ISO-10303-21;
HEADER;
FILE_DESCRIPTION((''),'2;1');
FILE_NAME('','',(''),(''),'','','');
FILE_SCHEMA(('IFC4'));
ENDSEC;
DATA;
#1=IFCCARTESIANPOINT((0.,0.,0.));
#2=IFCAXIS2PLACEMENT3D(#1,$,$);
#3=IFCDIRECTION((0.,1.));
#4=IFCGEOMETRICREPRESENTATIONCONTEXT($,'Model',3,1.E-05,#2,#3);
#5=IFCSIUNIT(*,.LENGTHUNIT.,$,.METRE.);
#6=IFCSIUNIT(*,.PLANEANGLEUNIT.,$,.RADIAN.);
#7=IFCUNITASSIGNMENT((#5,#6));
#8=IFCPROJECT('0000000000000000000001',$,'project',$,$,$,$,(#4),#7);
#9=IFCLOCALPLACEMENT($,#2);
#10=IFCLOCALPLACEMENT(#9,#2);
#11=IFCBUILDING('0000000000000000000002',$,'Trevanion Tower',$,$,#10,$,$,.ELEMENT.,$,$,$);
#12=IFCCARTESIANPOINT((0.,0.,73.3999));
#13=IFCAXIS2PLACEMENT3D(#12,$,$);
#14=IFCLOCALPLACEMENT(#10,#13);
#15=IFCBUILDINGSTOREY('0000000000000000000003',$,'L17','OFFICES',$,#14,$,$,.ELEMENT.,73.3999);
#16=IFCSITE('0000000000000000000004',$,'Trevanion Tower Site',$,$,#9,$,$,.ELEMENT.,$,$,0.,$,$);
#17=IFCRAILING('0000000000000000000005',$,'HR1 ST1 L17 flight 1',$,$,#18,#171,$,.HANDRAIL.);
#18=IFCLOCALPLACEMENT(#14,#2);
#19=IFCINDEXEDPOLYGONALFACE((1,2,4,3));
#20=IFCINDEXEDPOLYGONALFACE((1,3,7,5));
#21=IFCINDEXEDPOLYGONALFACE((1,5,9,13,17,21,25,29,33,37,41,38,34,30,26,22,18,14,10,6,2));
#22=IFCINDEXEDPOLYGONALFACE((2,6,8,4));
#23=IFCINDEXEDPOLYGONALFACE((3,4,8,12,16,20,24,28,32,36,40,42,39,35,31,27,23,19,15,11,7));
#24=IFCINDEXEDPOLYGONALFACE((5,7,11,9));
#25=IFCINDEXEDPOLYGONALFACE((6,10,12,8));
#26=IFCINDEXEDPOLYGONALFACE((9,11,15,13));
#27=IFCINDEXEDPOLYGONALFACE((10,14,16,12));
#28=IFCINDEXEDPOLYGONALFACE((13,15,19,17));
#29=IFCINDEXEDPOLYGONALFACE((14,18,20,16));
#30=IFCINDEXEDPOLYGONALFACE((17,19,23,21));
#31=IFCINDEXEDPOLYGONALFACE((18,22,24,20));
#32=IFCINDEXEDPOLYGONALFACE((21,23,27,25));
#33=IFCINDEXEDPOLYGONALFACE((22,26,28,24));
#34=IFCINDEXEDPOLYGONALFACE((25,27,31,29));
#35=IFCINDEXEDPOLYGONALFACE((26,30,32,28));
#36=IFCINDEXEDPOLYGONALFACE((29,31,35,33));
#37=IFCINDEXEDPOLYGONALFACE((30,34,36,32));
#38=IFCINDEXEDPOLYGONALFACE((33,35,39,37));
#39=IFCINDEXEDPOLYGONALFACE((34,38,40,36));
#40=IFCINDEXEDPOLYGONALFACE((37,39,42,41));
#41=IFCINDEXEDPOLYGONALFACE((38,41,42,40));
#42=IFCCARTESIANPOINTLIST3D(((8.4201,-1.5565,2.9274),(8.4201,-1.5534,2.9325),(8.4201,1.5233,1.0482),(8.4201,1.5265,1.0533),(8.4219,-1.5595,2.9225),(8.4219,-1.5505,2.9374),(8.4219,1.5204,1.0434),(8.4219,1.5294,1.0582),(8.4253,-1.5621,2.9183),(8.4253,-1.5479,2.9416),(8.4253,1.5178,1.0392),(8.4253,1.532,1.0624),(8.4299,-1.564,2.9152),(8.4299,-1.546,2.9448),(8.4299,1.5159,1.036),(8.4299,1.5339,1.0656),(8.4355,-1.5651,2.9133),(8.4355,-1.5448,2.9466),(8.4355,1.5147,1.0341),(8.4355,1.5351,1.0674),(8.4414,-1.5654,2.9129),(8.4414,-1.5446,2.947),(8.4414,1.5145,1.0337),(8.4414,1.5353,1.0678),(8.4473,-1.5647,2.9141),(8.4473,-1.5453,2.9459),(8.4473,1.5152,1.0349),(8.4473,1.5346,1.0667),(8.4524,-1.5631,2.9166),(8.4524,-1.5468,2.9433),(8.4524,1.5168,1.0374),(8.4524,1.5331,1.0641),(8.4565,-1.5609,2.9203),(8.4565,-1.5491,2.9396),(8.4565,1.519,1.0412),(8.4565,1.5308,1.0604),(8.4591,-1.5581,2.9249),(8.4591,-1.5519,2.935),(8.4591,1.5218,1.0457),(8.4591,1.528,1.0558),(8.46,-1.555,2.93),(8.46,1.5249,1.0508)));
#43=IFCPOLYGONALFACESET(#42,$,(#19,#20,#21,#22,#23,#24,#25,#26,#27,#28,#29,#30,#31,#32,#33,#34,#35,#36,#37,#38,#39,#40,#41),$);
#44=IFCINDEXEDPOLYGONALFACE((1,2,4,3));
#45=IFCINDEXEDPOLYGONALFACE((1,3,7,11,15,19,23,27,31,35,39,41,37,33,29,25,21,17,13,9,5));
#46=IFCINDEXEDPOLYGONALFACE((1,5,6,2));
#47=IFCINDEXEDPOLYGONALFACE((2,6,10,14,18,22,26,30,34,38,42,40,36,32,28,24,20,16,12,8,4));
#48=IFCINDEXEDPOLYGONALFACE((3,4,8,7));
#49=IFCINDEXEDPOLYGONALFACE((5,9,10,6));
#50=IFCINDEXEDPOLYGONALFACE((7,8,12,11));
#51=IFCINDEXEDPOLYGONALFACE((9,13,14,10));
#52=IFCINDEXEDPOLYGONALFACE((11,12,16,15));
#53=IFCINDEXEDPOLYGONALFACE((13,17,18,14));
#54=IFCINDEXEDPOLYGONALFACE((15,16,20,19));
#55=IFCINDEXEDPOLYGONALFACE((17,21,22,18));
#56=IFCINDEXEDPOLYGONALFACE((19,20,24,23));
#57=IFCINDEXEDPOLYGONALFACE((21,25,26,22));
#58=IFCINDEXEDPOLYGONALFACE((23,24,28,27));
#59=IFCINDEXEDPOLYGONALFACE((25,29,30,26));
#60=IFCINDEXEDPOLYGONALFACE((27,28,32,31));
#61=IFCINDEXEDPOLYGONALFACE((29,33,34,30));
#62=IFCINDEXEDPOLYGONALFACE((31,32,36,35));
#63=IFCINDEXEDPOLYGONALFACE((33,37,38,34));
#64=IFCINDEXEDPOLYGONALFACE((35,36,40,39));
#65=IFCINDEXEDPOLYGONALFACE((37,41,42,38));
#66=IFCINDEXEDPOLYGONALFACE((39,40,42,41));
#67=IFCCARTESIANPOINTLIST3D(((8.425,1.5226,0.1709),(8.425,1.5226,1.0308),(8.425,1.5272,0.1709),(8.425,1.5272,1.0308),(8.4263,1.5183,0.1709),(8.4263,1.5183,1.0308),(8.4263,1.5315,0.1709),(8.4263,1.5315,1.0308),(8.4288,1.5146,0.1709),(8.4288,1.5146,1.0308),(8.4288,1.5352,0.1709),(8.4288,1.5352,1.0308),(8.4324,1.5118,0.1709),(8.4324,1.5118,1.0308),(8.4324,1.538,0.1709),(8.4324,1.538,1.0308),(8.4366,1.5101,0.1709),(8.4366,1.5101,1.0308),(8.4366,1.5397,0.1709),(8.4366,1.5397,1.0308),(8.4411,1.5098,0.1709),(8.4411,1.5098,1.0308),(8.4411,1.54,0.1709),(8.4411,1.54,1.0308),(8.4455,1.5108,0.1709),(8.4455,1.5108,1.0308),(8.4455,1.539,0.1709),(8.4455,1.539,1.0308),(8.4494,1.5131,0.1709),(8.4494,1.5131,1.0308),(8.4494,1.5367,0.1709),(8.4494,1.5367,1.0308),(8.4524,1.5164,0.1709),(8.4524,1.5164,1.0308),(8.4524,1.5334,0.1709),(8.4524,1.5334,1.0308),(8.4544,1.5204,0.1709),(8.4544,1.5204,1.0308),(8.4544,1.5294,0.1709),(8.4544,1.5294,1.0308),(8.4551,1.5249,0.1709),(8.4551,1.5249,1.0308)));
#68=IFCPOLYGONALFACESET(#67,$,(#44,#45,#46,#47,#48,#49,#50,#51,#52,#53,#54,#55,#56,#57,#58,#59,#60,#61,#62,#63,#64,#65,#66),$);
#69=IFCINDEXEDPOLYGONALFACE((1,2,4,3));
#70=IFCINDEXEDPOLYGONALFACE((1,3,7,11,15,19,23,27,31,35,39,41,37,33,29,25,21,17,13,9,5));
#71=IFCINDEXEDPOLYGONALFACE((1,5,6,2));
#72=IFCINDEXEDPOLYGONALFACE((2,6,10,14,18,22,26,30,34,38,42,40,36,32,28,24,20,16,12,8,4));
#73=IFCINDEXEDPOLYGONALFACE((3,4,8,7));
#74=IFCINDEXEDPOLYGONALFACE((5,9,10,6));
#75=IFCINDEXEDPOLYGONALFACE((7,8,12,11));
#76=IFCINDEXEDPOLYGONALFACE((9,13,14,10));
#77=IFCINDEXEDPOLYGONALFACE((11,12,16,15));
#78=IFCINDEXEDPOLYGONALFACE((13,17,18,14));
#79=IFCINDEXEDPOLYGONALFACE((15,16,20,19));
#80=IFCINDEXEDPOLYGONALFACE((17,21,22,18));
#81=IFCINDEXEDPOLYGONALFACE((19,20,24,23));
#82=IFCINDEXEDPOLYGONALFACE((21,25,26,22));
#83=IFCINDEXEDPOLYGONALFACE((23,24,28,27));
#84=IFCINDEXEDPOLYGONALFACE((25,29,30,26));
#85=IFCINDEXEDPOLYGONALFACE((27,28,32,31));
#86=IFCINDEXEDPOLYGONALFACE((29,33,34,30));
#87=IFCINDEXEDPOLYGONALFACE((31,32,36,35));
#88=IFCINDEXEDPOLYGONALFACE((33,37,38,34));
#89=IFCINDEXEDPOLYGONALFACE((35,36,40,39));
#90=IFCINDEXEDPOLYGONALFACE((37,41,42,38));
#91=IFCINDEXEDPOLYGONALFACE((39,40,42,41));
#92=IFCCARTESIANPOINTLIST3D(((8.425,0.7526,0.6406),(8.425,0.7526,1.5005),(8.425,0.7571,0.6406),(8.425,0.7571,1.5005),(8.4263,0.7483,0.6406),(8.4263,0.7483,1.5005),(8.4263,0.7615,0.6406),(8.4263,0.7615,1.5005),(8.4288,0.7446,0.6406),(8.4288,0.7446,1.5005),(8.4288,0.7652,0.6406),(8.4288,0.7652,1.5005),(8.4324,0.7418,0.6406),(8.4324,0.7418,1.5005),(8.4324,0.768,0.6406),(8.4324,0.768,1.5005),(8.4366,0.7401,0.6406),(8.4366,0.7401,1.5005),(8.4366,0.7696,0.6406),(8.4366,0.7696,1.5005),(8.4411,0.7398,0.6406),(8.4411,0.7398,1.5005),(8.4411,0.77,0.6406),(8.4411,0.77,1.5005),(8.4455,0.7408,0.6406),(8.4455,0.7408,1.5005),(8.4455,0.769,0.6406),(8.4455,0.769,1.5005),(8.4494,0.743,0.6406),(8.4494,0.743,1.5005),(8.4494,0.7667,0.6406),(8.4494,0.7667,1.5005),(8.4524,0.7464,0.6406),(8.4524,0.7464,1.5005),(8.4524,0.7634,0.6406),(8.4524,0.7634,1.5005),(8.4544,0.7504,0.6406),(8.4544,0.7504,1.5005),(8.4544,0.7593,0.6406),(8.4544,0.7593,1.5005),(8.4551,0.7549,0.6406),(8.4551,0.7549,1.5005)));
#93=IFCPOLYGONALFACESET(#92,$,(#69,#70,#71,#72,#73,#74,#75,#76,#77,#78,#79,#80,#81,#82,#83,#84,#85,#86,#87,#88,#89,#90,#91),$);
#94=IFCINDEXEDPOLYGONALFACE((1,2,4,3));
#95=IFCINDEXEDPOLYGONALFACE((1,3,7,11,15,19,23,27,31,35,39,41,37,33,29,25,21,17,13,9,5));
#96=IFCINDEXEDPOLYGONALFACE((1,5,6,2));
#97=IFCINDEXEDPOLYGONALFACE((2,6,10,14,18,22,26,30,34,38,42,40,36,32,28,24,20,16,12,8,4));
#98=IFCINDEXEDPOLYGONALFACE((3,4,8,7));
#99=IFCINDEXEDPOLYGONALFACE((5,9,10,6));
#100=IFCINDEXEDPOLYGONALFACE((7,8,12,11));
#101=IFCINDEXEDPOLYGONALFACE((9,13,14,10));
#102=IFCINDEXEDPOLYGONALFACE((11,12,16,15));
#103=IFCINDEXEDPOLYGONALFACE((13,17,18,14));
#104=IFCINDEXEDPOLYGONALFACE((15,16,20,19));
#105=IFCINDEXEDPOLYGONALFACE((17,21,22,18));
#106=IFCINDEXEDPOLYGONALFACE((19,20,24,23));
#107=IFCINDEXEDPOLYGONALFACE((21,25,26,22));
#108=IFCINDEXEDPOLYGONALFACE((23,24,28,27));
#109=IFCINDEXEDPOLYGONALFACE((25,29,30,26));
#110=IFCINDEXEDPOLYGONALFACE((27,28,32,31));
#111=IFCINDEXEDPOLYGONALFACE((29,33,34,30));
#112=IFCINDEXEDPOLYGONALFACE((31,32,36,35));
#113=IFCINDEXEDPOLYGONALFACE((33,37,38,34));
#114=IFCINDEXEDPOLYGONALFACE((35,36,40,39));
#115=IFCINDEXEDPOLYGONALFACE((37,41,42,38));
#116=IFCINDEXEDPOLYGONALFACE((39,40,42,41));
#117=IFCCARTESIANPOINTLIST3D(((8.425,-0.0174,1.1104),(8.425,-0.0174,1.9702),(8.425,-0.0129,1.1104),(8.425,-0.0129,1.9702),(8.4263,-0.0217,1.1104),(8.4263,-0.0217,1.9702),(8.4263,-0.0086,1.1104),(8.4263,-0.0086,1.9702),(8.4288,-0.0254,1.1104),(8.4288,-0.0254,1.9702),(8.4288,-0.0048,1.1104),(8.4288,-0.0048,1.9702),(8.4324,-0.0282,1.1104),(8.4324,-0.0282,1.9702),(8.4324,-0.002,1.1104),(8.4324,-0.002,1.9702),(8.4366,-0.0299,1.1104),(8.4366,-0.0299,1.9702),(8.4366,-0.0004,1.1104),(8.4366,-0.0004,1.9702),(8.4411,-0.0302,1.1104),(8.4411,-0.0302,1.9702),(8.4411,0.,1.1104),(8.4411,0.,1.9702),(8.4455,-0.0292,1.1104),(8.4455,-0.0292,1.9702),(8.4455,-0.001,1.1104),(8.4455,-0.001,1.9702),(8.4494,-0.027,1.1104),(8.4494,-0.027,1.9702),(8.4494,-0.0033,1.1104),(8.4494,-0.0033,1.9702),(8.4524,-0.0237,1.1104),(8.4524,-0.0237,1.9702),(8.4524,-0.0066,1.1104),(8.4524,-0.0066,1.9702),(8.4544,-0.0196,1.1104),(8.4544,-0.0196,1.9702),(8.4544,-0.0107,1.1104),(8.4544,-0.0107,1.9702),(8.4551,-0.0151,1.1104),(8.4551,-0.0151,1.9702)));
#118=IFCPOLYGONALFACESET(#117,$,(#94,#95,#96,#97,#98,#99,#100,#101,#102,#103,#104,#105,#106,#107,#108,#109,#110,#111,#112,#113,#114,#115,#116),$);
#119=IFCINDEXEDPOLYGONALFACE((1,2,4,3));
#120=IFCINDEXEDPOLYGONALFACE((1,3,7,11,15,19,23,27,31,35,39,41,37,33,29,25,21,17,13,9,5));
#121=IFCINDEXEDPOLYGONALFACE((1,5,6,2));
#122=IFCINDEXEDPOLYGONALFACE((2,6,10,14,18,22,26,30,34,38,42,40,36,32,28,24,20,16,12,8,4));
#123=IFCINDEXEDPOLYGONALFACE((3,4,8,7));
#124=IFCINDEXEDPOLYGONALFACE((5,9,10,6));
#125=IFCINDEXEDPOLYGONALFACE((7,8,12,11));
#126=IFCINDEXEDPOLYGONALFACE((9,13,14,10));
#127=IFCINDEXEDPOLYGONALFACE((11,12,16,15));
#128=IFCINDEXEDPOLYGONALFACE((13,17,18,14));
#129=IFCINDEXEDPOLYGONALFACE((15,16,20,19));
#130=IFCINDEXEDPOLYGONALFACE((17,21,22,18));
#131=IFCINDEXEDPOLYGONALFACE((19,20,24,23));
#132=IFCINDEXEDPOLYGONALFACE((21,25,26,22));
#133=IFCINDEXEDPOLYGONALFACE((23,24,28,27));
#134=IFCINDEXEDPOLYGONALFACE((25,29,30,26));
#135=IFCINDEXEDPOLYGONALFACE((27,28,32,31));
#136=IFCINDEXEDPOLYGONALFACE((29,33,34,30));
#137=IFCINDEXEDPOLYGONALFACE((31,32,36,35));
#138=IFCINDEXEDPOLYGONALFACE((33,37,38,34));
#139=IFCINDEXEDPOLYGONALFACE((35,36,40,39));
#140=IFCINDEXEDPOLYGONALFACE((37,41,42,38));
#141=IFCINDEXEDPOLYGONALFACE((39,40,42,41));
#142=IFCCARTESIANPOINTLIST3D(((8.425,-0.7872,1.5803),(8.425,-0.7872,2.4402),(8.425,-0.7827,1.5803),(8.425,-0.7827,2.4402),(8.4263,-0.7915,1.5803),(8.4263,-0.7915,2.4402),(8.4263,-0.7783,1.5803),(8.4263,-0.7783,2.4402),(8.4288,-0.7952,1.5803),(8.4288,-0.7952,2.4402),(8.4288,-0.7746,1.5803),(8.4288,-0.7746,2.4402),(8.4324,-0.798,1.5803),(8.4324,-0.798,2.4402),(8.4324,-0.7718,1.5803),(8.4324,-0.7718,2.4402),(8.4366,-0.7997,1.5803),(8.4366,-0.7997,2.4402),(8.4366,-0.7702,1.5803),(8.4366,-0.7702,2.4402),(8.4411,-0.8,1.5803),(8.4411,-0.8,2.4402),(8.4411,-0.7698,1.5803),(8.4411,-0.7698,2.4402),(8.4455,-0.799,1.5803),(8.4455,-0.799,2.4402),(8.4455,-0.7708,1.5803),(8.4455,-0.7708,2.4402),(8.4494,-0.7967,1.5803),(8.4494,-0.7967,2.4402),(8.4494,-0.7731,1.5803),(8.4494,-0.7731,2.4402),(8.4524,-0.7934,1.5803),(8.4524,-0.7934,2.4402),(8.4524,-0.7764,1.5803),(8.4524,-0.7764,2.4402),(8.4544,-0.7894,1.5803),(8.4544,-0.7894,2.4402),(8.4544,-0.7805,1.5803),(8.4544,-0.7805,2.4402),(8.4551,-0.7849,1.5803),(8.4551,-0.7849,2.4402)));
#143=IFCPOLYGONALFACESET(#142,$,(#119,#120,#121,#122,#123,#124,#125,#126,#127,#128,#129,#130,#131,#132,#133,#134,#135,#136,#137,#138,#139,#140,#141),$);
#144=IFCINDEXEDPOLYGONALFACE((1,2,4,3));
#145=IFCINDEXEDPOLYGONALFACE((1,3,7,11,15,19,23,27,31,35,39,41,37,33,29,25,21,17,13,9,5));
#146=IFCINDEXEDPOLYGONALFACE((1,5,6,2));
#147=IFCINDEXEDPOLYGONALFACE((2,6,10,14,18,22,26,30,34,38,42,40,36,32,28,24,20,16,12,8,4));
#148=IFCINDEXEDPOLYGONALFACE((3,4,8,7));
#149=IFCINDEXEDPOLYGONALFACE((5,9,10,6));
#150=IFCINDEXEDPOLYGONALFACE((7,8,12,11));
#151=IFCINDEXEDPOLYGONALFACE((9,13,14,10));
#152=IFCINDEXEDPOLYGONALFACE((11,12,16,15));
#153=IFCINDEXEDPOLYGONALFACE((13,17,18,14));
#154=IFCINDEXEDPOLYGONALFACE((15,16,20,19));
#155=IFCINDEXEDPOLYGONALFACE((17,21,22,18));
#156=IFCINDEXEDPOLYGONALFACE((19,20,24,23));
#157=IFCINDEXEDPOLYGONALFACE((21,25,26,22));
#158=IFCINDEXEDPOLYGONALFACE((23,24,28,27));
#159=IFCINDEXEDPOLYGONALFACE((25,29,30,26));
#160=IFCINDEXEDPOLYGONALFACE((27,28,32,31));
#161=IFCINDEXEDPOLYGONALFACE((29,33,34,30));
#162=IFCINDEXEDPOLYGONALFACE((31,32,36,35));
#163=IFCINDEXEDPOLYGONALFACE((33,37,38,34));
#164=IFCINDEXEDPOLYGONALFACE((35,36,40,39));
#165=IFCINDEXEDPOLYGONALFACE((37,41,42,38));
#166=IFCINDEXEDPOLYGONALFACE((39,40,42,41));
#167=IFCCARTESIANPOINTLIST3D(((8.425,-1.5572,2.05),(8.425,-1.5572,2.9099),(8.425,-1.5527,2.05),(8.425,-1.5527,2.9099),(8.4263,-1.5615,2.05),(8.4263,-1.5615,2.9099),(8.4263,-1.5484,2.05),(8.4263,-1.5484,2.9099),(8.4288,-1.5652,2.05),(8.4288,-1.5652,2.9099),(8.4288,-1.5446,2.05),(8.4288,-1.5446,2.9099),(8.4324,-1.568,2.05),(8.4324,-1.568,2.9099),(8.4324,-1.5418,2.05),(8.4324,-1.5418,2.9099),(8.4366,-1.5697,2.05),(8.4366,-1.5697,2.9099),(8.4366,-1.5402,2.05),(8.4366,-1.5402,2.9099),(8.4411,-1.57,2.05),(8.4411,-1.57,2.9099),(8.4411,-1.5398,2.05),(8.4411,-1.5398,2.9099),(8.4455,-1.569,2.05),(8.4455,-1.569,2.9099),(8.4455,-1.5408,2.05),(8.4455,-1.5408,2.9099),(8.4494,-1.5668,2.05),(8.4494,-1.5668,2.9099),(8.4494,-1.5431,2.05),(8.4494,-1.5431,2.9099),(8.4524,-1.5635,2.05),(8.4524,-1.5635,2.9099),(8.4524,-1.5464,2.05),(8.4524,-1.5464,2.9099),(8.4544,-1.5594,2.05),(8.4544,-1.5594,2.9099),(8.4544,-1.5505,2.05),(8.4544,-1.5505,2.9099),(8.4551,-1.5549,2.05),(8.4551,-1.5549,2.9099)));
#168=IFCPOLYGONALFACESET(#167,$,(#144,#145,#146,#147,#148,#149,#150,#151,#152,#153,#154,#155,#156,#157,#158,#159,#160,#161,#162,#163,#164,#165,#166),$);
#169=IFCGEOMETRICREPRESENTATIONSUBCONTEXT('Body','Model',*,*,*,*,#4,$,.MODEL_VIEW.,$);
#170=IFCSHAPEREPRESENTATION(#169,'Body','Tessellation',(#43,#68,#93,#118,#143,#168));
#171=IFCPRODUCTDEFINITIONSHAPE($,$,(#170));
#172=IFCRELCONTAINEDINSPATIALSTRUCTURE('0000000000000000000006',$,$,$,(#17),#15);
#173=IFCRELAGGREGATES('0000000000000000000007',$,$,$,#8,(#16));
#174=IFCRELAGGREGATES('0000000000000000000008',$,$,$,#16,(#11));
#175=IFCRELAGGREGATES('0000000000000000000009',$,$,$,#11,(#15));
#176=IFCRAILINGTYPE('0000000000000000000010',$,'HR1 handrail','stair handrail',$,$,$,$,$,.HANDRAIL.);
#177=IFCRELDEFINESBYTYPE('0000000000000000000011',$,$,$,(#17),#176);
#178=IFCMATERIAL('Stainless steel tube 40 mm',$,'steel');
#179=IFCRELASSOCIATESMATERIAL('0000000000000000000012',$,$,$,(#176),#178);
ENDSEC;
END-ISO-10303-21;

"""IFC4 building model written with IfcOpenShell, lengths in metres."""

from ifc_helpers import new_model, si_unit, direction, frame, origin, origin_2d, place, context, subcontext, project, spatial, circle, extrude, material, type_object, element, save


model = new_model("IFC4")

# Units and contexts
model_context = context("Model", 3, precision=1e-05, world=origin(), true_north=direction((0.0, 1.0)))
body_context = subcontext(model_context, "Body", "Model", "MODEL_VIEW")
ifc_project = project(units=[si_unit("LENGTHUNIT", "METRE"), si_unit("PLANEANGLEUNIT", "RADIAN")], contexts=[model_context])

# Site, building, storey
site_placement = place(None, origin())
site = spatial("IfcSite", under=ifc_project, at=site_placement, Name="Trevanion Tower Site", CompositionType="ELEMENT", RefElevation=0.0)
building_placement = place(site_placement, origin())
building = spatial("IfcBuilding", under=site, at=building_placement, Name="Trevanion Tower", CompositionType="ELEMENT")
storey_placement = place(building_placement, frame((0.0, 0.0, 73.3999)))
storey = spatial("IfcBuildingStorey", under=building, at=storey_placement, Name="L17", Description="OFFICES", CompositionType="ELEMENT", Elevation=73.3999)

# Railing
ifc_material_1 = material(Name="Stainless steel tube 40 mm", Category="steel")
railing_type = type_object("IfcRailingType", Name="HR1 handrail", Description="stair handrail", PredefinedType="HANDRAIL", material=ifc_material_1)
for number, where, name in (
    (1, (8.4399, 1.5249, 0.1709), "HR1 ST1 L17 flight 1"),
):
    element("IfcRailing", number, at=place(storey_placement, frame(where)), inside=storey, type_object=railing_type, Name=name, PredefinedType="HANDRAIL", context=body_context, shape_type="SweptSolid", body=[
        extrude(circle(Radius=0.02, at=origin_2d()), frame((0.0, 0.0, 0.8799), z_axis=(0.0, -0.853648, 0.52085), x_axis=(1.0, 0.0, 0.0)), (0.0, 0.0, 1.0), 3.6079),
        extrude(circle(Radius=0.0151, at=origin_2d()), origin(), (0.0, 0.0, 1.0), 0.8599),
        extrude(circle(Radius=0.0151, at=origin_2d()), frame((0.0, -0.77, 0.4697)), (0.0, 0.0, 1.0), 0.8599),
        extrude(circle(Radius=0.0151, at=origin_2d()), frame((0.0, -1.54, 0.9395)), (0.0, 0.0, 1.0), 0.8599),
        extrude(circle(Radius=0.0151, at=origin_2d()), frame((0.0, -2.3098, 1.4094)), (0.0, 0.0, 1.0), 0.8599),
        extrude(circle(Radius=0.0151, at=origin_2d()), frame((0.0, -3.0798, 1.8792)), (0.0, 0.0, 1.0), 0.8599),
    ])

save(model, "model.ifc")
